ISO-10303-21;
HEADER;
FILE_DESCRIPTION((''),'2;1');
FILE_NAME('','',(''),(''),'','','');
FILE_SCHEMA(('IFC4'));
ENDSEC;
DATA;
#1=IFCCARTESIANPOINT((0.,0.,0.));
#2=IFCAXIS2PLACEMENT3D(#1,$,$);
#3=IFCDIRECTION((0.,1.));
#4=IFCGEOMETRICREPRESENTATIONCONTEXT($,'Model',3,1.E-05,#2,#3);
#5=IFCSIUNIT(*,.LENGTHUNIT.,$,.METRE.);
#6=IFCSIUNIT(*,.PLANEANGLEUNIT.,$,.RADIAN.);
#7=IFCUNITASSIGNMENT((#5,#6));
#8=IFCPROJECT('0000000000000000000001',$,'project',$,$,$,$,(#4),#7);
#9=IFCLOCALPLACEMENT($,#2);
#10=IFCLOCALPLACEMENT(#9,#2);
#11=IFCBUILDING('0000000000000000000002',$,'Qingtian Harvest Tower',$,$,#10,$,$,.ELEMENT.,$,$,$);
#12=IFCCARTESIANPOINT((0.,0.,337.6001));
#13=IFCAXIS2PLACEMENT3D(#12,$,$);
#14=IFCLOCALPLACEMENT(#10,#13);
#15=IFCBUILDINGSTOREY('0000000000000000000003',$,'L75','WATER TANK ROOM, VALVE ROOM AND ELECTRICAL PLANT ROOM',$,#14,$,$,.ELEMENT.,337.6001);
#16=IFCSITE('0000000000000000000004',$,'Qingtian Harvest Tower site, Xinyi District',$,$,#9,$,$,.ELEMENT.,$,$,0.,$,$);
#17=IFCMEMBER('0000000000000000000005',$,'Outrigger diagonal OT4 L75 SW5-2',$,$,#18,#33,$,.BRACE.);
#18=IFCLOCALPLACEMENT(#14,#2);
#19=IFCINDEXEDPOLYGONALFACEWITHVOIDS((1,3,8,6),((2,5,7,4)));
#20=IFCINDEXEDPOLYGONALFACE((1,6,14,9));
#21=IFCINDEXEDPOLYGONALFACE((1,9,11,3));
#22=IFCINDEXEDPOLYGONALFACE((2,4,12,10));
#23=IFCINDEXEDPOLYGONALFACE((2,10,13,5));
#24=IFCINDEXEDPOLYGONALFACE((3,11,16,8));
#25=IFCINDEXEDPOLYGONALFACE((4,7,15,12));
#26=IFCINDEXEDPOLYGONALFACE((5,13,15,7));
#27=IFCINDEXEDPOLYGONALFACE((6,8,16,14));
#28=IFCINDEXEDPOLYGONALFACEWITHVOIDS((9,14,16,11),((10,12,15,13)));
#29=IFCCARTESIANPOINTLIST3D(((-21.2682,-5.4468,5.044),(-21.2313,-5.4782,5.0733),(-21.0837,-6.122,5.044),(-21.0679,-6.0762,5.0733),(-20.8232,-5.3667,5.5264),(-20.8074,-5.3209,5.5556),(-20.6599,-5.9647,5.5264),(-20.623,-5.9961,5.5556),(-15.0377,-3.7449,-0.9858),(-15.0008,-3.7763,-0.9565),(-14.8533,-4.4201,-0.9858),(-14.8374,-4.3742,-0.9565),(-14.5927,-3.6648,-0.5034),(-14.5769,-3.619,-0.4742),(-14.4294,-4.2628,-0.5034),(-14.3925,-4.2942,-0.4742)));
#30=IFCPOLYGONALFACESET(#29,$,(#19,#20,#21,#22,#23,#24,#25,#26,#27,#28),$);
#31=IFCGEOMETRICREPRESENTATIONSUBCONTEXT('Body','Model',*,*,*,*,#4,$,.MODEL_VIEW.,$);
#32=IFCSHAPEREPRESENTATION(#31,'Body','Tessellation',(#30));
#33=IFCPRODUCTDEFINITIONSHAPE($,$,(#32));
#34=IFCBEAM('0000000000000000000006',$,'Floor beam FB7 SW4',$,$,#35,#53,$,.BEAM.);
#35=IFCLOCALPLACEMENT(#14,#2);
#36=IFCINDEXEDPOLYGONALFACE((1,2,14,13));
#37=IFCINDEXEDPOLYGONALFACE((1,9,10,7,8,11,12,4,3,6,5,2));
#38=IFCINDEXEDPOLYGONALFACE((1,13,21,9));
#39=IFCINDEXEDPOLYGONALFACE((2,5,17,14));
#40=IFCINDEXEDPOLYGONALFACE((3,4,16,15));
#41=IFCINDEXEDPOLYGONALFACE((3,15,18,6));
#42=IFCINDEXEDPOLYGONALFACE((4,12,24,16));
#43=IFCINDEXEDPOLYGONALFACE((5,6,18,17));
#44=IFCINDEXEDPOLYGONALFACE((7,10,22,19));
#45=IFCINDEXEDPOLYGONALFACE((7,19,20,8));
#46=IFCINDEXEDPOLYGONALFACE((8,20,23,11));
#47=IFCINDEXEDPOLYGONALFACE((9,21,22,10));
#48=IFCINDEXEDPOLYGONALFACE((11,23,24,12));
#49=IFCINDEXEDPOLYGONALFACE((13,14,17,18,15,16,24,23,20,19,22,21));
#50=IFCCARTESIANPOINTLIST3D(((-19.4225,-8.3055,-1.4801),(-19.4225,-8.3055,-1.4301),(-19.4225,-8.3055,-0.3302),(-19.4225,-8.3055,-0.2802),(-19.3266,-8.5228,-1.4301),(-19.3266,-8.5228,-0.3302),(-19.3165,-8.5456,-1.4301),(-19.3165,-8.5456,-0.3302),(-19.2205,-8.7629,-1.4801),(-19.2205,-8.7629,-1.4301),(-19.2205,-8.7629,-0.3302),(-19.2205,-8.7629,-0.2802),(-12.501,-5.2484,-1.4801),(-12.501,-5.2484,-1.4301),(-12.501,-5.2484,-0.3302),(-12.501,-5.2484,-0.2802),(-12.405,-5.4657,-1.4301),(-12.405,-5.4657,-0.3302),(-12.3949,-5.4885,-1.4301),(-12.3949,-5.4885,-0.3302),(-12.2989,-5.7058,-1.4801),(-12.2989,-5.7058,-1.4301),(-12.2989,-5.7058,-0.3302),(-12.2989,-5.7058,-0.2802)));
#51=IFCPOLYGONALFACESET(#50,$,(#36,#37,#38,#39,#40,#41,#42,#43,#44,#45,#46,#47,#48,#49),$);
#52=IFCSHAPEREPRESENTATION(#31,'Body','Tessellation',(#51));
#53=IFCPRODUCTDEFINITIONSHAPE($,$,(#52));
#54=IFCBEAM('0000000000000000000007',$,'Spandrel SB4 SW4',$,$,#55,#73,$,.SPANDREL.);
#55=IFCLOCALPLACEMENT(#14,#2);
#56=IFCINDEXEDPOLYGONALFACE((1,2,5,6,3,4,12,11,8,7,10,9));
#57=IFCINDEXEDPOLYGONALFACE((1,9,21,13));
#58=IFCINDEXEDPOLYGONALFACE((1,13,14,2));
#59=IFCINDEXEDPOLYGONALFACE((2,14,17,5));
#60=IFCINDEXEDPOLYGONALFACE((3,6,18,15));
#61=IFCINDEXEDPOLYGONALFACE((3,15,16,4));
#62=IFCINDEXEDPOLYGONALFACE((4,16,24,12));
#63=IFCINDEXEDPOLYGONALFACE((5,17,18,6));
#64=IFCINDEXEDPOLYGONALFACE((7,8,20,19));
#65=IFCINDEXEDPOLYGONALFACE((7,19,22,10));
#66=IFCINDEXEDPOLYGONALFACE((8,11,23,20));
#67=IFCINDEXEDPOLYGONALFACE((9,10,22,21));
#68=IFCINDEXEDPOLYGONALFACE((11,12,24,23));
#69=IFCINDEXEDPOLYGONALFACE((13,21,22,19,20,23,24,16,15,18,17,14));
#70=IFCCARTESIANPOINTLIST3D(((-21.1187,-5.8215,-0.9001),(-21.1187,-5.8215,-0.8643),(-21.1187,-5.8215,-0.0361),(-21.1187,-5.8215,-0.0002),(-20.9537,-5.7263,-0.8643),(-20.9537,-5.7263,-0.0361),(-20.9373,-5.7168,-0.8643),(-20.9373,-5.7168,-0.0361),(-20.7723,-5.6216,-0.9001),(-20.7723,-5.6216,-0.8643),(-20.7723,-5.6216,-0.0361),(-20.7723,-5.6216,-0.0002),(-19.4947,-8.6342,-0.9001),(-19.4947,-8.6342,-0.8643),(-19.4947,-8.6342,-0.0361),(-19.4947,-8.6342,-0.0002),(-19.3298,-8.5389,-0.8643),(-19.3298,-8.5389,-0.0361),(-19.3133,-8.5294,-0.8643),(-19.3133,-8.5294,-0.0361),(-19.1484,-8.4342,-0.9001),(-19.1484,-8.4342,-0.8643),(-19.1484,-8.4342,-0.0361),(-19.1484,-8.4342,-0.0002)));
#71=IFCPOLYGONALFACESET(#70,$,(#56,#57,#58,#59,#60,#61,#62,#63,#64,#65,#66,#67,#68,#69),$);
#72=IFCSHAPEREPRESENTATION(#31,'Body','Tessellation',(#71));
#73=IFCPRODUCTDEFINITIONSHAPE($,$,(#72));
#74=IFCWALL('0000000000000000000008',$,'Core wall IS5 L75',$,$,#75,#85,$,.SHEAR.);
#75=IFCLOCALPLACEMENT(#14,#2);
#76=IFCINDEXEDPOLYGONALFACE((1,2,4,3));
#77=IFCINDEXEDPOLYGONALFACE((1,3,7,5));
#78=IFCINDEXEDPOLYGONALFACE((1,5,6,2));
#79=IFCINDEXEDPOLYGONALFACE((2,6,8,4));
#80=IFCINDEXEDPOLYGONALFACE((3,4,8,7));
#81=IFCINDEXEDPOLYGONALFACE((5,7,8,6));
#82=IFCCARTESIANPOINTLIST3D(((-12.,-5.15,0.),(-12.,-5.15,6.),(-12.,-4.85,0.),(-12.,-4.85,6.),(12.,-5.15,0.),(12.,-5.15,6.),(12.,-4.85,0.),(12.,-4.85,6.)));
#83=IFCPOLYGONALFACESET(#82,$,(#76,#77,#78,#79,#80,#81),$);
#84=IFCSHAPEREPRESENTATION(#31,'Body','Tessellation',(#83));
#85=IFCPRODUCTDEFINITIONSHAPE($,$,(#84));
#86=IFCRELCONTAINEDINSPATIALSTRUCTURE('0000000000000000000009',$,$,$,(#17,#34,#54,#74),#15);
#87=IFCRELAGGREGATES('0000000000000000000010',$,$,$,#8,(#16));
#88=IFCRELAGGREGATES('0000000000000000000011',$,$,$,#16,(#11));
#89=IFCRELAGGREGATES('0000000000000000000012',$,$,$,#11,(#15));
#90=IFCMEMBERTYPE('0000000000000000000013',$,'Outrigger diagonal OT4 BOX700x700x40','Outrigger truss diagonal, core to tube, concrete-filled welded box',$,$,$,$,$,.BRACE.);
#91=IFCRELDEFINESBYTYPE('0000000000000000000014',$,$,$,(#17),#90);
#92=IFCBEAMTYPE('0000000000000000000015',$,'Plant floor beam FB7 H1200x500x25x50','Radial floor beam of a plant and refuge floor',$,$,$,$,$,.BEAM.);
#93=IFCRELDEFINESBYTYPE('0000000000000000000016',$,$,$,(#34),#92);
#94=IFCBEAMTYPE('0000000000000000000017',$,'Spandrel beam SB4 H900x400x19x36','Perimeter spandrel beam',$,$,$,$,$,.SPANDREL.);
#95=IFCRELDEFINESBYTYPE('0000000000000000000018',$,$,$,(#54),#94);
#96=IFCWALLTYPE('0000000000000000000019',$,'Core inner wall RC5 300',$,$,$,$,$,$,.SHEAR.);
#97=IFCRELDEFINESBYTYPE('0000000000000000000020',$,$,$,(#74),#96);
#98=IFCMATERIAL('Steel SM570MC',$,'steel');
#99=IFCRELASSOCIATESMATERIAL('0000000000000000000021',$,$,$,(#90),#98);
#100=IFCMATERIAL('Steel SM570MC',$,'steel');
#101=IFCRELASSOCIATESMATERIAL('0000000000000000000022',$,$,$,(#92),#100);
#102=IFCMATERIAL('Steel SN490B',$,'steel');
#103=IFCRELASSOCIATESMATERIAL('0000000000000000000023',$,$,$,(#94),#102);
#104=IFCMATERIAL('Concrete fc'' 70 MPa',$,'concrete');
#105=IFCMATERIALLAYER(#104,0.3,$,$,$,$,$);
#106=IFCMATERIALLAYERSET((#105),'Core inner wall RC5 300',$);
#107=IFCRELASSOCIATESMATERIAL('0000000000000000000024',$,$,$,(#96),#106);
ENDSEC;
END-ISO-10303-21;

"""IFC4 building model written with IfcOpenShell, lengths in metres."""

from ifc_helpers import new_model, si_unit, direction, frame, frame_2d, origin, origin_2d, place, context, subcontext, project, spatial, rectangle, hollow_rectangle, i_section, extrude, material, layer, layer_set, material_profile, profile_set, type_object, element, save


model = new_model("IFC4")

# Units and contexts
model_context = context("Model", 3, precision=1e-05, world=origin(), true_north=direction((0.0, 1.0)))
body_context = subcontext(model_context, "Body", "Model", "MODEL_VIEW")
ifc_project = project(units=[si_unit("LENGTHUNIT", "METRE"), si_unit("PLANEANGLEUNIT", "RADIAN")], contexts=[model_context])

# Site, building, storey
site_placement = place(None, origin())
site = spatial("IfcSite", under=ifc_project, at=site_placement, Name="Qingtian Harvest Tower site, Xinyi District", CompositionType="ELEMENT", RefElevation=0.0)
building_placement = place(site_placement, origin())
building = spatial("IfcBuilding", under=site, at=building_placement, Name="Qingtian Harvest Tower", CompositionType="ELEMENT")
storey_placement = place(building_placement, frame((0.0, 0.0, 337.6001)))
storey = spatial("IfcBuildingStorey", under=building, at=storey_placement, Name="L75", Description="WATER TANK ROOM, VALVE ROOM AND ELECTRICAL PLANT ROOM", CompositionType="ELEMENT", Elevation=337.6001)

# Member
ifc_material_1 = material(Name="Steel SM570MC", Category="steel")
ifc_material_profile_1 = material_profile(ifc_material_1, hollow_rectangle(XDim=0.7, YDim=0.7, WallThickness=0.04, at=origin_2d()), Name="BOX700x700x40")
ifc_profile_set_1 = profile_set([ifc_material_profile_1], Name="Steel SM570MC")
member_type = type_object("IfcMemberType", Name="Outrigger diagonal OT4 BOX700x700x40", Description="Outrigger truss diagonal, core to tube, concrete-filled welded box", PredefinedType="BRACE", material=ifc_profile_set_1)
member_placement = place(storey_placement, frame((-14.7151, -4.0195, -0.73), z_axis=(-0.705129, -0.192612, 0.682417), x_axis=(0.263504, -0.964658, 0.0)))
element("IfcMember", 1, at=member_placement, inside=storey, type_object=member_type, Name="Outrigger diagonal OT4 L75 SW5-2", PredefinedType="BRACE", context=body_context, shape_type="SweptSolid", body=[
    extrude(hollow_rectangle(XDim=0.7, YDim=0.7, WallThickness=0.04, at=origin_2d()), origin(), (0.0, 0.0, 1.0), 8.8359),
])

# Beams
ifc_material_2 = material(Name="Steel SM570MC", Category="steel")
ifc_material_profile_2 = material_profile(ifc_material_2, i_section(OverallWidth=0.5, OverallDepth=1.2, WebThickness=0.0249, FlangeThickness=0.05, at=origin_2d()), Name="H1200x500x25x50")
ifc_profile_set_2 = profile_set([ifc_material_profile_2], Name="Steel SM570MC")
beam_type_1 = type_object("IfcBeamType", Name="Plant floor beam FB7 H1200x500x25x50", Description="Radial floor beam of a plant and refuge floor", PredefinedType="BEAM", material=ifc_profile_set_2)
beam_1_placement = place(storey_placement, frame((-19.3215, -8.5342, -0.8801), z_axis=(0.914748, 0.404024, 0.0), x_axis=(-0.404024, 0.914748, 0.0)))
element("IfcBeam", 2, at=beam_1_placement, inside=storey, type_object=beam_type_1, Name="Floor beam FB7 SW4", PredefinedType="BEAM", context=body_context, shape_type="SweptSolid", body=[
    extrude(i_section(OverallWidth=0.5, OverallDepth=1.2, WebThickness=0.0249, FlangeThickness=0.05, at=origin_2d()), origin(), (0.0, 0.0, 1.0), 7.5667),
])
ifc_material_3 = material(Name="Steel SN490B", Category="steel")
ifc_material_profile_3 = material_profile(ifc_material_3, i_section(OverallWidth=0.3999, OverallDepth=0.8999, WebThickness=0.019, FlangeThickness=0.0359, at=origin_2d()), Name="H900x400x19x36")
ifc_profile_set_3 = profile_set([ifc_material_profile_3], Name="Steel SN490B")
beam_type_2 = type_object("IfcBeamType", Name="Spandrel beam SB4 H900x400x19x36", Description="Perimeter spandrel beam", PredefinedType="SPANDREL", material=ifc_profile_set_3)
beam_2_placement = place(storey_placement, frame((-19.3215, -8.5342, -0.4502), z_axis=(-0.50002, 0.866014, 0.0), x_axis=(-0.866014, -0.50002, 0.0)))
element("IfcBeam", 3, at=beam_2_placement, inside=storey, type_object=beam_type_2, Name="Spandrel SB4 SW4", PredefinedType="SPANDREL", context=body_context, shape_type="SweptSolid", body=[
    extrude(i_section(OverallWidth=0.3999, OverallDepth=0.8999, WebThickness=0.019, FlangeThickness=0.0359, at=origin_2d()), origin(), (0.0, 0.0, 1.0), 3.2478),
])

# Wall
ifc_material_4 = material(Name="Concrete fc' 70 MPa", Category="concrete")
ifc_layer_1 = layer(ifc_material_4, 0.3)
ifc_layer_set_1 = layer_set([ifc_layer_1], Name="Core inner wall RC5 300")
wall_type_1 = type_object("IfcWallType", Name="Core inner wall RC5 300", PredefinedType="SHEAR", material=ifc_layer_set_1)
wall_1_placement = place(storey_placement, frame((-12.0, -5.0, 0.0), z_axis=(0.0, 0.0, 1.0), x_axis=(1.0, 0.0, 0.0)))
element("IfcWall", 4, at=wall_1_placement, inside=storey, type_object=wall_type_1, Name="Core wall IS5 L75", PredefinedType="SHEAR", context=body_context, shape_type="SweptSolid", body=[
    extrude(rectangle(XDim=24.0, YDim=0.3, at=frame_2d((12.0, 0.0))), origin(), (0.0, 0.0, 1.0), 6.0),
])

save(model, "model.ifc")
